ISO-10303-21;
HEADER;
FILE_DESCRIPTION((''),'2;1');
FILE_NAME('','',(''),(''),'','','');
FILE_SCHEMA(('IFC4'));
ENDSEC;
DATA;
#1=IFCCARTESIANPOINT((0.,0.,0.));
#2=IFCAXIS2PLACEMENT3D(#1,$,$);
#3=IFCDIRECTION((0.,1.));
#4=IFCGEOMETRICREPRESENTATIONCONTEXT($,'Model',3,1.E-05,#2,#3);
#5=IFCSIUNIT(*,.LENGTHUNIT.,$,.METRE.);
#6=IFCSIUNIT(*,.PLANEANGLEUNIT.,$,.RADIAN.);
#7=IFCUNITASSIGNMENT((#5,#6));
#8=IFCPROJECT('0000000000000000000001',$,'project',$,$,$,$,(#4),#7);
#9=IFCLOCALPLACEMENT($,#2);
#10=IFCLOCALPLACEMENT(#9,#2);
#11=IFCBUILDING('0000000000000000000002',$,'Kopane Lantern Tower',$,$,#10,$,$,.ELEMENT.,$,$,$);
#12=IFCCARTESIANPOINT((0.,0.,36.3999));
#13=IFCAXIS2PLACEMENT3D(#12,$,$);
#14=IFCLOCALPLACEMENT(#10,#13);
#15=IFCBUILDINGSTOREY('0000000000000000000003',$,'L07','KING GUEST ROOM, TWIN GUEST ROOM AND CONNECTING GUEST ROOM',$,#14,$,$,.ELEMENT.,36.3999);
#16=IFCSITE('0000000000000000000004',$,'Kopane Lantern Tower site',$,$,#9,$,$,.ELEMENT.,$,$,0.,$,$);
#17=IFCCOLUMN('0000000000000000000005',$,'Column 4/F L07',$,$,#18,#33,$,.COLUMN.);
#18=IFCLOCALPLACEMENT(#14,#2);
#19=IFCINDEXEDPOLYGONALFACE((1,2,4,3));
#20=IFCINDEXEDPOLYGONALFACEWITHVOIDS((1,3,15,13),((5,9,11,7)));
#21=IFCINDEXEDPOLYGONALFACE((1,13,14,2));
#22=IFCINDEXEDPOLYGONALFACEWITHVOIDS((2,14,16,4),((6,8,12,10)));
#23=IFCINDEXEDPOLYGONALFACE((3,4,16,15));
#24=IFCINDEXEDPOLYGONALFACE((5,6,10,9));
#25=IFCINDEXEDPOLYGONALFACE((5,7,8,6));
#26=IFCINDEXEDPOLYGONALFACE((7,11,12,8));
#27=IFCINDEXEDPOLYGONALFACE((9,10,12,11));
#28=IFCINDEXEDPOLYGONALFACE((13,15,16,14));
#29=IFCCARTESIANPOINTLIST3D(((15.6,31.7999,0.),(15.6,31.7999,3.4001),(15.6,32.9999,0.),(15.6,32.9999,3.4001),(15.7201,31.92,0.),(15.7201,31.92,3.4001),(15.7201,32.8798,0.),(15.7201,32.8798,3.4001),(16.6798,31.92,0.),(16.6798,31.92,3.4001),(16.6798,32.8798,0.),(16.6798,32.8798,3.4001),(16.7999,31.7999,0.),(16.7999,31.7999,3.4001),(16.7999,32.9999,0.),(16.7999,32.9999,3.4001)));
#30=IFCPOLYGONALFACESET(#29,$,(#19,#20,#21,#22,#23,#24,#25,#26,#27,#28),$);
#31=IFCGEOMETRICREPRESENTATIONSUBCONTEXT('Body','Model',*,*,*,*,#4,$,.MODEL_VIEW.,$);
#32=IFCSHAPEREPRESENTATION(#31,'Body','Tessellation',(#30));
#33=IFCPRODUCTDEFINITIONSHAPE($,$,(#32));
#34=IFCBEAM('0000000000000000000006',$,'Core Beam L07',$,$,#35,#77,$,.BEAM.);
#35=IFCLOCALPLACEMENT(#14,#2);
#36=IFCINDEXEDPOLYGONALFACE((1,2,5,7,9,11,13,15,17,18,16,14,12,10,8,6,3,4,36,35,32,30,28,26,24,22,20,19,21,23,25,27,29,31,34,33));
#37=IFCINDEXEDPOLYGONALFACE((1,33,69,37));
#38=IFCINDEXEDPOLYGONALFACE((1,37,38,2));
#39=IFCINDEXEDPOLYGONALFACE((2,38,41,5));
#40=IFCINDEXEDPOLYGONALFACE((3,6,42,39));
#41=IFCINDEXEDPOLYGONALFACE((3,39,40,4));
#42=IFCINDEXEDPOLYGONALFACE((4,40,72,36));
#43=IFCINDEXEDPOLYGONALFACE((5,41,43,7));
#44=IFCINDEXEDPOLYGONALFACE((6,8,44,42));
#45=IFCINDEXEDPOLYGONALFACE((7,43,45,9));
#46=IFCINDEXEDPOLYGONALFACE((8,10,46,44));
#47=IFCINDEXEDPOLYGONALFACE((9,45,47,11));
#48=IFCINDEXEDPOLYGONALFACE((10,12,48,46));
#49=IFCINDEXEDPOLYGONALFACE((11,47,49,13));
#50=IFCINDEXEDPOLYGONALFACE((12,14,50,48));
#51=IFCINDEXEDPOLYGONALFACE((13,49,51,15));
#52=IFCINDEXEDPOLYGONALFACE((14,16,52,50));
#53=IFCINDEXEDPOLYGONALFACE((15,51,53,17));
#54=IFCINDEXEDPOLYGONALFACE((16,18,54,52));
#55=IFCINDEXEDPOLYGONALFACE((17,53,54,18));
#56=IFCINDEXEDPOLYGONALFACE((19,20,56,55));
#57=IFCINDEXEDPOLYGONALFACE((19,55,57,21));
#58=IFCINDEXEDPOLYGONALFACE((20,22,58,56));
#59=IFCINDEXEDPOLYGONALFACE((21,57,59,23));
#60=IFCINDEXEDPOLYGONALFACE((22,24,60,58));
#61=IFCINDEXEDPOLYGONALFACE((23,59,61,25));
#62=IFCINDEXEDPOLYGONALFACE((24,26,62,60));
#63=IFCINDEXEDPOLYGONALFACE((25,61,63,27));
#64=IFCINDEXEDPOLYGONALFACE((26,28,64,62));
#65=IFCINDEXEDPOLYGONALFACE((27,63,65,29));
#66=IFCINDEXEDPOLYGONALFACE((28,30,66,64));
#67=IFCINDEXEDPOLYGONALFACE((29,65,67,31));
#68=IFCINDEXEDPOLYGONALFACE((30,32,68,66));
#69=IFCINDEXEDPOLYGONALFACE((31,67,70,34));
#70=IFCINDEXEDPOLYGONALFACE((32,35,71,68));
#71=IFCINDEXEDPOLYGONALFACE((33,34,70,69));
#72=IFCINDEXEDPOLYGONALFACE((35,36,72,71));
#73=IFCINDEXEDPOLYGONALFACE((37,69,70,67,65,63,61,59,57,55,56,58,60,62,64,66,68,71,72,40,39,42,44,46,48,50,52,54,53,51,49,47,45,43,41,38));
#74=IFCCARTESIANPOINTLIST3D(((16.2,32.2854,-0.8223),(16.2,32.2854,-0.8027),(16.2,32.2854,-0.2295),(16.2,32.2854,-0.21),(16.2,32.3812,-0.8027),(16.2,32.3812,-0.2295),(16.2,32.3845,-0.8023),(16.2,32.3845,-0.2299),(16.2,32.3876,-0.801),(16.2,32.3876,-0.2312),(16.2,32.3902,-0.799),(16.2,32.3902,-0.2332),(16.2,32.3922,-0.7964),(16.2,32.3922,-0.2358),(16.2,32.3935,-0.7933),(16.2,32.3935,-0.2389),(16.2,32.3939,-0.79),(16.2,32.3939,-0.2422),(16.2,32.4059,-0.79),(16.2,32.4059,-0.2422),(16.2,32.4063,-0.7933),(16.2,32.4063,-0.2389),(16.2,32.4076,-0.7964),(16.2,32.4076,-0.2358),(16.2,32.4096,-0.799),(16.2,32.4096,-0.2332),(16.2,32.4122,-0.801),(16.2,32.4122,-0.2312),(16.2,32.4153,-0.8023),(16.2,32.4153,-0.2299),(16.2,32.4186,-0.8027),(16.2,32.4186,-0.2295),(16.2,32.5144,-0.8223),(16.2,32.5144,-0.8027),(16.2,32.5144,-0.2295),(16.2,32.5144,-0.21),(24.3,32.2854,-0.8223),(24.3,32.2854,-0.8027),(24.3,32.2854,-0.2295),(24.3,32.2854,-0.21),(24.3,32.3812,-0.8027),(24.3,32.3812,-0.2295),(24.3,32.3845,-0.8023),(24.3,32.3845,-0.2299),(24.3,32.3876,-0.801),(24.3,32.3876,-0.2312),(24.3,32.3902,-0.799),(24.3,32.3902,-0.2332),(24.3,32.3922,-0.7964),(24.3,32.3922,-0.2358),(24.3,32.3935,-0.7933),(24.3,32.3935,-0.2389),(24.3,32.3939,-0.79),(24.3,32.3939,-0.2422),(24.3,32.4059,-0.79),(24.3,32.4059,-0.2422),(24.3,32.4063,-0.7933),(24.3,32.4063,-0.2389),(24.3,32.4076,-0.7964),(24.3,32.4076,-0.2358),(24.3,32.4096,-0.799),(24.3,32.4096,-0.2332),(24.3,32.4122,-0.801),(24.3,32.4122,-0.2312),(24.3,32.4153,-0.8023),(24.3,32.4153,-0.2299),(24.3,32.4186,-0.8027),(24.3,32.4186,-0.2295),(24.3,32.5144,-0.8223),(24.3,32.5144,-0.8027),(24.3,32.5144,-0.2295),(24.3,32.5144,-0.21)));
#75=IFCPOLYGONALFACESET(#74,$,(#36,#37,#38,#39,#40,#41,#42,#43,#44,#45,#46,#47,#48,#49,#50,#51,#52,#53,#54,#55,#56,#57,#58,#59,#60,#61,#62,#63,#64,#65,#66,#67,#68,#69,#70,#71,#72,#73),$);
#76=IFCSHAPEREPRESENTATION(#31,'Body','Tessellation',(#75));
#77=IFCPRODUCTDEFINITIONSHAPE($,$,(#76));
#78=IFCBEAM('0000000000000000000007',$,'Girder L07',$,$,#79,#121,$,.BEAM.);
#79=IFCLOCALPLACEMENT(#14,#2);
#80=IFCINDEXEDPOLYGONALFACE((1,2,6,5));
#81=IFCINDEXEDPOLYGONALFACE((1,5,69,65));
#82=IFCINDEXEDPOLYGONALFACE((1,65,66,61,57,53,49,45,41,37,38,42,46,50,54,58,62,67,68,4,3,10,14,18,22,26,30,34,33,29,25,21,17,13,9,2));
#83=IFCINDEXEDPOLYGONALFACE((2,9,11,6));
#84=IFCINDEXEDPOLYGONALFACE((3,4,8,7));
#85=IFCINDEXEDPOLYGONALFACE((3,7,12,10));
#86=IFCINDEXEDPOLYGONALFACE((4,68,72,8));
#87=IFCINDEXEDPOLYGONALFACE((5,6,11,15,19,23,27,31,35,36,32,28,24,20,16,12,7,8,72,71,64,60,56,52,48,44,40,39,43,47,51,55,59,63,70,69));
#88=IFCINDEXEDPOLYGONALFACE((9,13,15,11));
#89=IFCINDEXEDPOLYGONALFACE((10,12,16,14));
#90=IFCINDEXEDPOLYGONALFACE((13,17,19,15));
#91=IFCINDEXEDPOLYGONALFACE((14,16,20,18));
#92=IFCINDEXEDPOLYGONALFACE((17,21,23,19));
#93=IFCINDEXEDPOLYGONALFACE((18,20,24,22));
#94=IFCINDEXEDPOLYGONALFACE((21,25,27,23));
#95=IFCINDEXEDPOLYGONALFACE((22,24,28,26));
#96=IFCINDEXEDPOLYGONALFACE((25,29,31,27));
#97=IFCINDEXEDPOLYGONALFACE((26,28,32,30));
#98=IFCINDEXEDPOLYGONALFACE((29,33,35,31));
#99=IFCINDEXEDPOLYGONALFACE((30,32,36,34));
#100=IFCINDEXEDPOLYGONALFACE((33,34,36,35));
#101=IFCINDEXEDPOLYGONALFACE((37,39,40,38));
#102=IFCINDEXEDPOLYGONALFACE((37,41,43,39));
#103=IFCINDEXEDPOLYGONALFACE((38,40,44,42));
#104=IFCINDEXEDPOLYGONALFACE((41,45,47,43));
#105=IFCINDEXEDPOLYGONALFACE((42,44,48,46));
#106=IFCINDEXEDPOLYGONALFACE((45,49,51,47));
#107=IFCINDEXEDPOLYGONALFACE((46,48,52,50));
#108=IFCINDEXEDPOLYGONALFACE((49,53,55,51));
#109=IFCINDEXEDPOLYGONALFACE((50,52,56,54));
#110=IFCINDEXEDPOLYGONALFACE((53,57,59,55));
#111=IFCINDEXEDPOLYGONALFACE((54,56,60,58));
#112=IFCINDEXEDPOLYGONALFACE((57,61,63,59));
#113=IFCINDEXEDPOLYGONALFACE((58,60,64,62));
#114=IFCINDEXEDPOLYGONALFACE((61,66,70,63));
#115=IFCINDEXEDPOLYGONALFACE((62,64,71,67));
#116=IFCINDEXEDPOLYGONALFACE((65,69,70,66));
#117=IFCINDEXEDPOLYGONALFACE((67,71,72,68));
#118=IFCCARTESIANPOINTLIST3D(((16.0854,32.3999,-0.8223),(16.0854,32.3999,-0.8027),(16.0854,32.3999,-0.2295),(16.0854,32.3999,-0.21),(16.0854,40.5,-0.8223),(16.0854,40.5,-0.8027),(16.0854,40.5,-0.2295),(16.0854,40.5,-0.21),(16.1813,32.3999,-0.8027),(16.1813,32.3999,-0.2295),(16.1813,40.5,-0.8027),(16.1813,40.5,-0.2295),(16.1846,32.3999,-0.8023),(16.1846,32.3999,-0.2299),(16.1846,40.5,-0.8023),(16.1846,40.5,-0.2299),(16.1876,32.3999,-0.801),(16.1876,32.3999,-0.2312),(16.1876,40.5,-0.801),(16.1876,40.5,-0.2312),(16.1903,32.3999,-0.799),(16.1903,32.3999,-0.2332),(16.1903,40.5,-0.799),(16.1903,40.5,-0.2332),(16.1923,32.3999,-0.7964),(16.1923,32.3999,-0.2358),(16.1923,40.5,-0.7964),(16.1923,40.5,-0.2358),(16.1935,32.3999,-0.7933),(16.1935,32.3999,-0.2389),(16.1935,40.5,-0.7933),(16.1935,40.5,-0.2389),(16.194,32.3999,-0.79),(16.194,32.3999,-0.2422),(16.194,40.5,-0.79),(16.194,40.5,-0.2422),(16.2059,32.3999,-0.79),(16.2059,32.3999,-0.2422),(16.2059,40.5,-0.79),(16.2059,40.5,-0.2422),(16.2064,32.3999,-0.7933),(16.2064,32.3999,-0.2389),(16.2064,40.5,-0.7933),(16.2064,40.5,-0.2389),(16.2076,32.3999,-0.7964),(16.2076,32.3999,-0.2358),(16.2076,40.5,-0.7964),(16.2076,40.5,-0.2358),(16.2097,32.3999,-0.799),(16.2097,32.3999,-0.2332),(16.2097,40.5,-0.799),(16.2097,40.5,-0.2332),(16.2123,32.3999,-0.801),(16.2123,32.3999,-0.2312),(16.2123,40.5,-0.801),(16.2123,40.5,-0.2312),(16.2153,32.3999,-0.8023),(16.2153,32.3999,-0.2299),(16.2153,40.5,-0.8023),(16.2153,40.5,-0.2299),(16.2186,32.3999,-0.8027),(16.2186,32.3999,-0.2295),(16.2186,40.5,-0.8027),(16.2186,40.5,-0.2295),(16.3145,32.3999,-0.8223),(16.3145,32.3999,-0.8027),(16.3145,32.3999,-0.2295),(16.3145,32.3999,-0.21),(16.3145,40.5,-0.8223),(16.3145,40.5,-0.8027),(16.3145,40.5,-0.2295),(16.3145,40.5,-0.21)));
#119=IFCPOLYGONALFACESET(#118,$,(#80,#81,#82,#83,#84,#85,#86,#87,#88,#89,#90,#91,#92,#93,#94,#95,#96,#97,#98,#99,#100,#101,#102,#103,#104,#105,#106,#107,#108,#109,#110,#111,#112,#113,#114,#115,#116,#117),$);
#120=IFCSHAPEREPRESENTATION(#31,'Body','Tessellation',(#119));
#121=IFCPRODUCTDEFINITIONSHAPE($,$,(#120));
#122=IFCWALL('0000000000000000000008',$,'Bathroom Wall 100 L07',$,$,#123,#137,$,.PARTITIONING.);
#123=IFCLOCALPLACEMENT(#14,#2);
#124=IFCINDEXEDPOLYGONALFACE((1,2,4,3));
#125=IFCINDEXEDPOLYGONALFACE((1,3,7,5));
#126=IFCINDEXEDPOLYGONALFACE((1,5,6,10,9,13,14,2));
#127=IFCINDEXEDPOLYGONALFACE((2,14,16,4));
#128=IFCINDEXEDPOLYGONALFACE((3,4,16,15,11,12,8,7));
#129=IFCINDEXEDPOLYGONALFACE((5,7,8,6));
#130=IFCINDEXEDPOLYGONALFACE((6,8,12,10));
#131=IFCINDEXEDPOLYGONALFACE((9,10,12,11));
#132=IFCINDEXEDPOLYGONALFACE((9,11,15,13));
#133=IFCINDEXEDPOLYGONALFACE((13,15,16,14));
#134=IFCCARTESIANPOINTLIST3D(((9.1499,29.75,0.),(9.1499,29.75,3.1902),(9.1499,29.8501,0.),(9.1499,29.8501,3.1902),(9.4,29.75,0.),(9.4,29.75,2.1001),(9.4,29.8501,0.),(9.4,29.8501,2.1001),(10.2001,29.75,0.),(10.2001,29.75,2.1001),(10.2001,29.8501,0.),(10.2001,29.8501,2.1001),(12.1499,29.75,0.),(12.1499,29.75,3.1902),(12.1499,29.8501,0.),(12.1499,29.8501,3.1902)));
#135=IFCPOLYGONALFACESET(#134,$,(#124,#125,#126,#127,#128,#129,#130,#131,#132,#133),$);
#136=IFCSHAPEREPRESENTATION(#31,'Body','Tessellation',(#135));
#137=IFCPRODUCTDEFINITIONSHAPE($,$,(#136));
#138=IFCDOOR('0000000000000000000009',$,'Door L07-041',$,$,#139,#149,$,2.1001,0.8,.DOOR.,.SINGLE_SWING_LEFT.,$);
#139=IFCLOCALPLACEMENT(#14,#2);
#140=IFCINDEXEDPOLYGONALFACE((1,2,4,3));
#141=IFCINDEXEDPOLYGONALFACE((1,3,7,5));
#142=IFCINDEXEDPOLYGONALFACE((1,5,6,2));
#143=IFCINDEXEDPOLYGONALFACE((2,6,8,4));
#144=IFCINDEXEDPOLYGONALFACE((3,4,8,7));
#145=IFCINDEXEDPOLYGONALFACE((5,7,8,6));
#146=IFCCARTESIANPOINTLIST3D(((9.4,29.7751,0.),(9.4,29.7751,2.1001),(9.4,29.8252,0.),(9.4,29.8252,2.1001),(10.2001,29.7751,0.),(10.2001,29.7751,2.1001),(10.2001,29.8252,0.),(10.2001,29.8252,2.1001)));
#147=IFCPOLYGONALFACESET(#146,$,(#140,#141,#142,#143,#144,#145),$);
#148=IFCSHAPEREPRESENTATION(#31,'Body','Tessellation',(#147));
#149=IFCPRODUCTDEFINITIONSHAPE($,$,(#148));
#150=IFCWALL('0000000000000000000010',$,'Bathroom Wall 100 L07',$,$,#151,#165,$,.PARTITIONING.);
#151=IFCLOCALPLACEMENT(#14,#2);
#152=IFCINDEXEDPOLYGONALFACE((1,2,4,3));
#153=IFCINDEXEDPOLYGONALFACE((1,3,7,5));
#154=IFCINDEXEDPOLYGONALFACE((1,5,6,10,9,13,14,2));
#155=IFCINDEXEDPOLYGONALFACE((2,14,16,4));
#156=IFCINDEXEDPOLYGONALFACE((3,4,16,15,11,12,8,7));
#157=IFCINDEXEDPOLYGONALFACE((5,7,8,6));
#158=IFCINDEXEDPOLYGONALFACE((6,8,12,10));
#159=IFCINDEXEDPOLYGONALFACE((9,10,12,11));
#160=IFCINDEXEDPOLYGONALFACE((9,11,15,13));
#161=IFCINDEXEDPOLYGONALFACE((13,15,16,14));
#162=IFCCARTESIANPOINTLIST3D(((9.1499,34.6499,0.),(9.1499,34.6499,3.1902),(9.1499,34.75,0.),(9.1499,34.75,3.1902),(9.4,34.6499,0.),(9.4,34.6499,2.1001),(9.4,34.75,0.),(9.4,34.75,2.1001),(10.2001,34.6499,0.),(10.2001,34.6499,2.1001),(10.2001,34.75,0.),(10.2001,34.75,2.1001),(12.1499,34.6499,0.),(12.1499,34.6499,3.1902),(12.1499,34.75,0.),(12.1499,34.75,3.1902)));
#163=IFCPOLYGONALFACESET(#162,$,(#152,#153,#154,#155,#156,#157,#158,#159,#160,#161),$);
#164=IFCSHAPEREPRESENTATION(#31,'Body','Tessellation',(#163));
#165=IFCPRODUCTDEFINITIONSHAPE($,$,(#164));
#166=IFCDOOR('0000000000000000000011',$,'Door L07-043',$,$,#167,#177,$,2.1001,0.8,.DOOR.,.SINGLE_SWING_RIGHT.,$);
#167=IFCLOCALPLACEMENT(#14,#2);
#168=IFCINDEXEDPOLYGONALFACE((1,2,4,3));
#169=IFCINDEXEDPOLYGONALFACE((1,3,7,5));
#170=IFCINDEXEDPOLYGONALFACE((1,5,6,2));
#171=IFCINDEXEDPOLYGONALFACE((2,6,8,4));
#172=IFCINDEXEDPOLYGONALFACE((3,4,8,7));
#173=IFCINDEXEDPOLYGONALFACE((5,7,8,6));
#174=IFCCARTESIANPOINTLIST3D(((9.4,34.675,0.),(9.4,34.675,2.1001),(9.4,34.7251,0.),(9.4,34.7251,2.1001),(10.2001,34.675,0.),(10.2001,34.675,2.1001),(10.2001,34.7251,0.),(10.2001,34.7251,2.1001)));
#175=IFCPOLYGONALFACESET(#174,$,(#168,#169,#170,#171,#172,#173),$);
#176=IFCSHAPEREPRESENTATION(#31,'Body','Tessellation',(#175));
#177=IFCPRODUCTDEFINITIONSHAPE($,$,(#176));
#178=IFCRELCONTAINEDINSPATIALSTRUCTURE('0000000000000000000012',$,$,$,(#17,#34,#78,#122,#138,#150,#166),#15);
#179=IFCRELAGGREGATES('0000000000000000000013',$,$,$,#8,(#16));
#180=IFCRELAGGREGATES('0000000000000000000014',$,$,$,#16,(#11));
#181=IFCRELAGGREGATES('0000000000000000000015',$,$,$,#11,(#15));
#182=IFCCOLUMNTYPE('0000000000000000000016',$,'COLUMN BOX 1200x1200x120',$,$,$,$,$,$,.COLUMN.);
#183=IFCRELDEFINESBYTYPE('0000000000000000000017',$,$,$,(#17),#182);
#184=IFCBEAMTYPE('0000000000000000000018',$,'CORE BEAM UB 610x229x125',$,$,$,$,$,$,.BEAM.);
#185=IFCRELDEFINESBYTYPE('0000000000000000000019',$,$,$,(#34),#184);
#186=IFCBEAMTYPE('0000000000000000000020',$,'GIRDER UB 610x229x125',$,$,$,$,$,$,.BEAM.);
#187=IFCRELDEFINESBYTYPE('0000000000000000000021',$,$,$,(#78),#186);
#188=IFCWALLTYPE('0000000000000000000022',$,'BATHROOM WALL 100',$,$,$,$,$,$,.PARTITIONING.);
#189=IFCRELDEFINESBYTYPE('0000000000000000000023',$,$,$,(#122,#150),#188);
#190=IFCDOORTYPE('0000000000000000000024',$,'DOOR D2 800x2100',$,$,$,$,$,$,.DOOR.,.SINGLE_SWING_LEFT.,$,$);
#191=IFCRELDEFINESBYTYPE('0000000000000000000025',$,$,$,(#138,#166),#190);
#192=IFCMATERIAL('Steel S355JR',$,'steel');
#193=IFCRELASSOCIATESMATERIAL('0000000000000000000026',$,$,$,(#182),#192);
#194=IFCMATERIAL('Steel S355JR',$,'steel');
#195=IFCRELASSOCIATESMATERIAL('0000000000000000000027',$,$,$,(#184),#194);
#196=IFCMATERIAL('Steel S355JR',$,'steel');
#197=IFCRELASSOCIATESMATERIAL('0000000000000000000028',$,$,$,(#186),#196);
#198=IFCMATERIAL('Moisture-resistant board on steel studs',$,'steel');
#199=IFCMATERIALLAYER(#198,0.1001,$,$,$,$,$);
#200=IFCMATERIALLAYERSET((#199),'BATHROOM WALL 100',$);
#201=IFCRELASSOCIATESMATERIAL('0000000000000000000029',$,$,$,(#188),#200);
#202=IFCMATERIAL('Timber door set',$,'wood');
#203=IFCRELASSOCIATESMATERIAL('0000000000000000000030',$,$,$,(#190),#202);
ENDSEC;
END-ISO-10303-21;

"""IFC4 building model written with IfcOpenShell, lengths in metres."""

from ifc_helpers import new_model, si_unit, direction, frame, frame_2d, origin, origin_2d, place, context, subcontext, project, spatial, rectangle, hollow_rectangle, i_section, extrude, material, layer, layer_set, material_profile, profile_set, type_object, element, fill, save


model = new_model("IFC4")

# Units and contexts
model_context = context("Model", 3, precision=1e-05, world=origin(), true_north=direction((0.0, 1.0)))
body_context = subcontext(model_context, "Body", "Model", "MODEL_VIEW")
ifc_project = project(units=[si_unit("LENGTHUNIT", "METRE"), si_unit("PLANEANGLEUNIT", "RADIAN")], contexts=[model_context])

# Site, building, storey
site_placement = place(None, origin())
site = spatial("IfcSite", under=ifc_project, at=site_placement, Name="Kopane Lantern Tower site", CompositionType="ELEMENT", RefElevation=0.0)
building_placement = place(site_placement, origin())
building = spatial("IfcBuilding", under=site, at=building_placement, Name="Kopane Lantern Tower", CompositionType="ELEMENT")
storey_placement = place(building_placement, frame((0.0, 0.0, 36.3999)))
storey = spatial("IfcBuildingStorey", under=building, at=storey_placement, Name="L07", Description="KING GUEST ROOM, TWIN GUEST ROOM AND CONNECTING GUEST ROOM", CompositionType="ELEMENT", Elevation=36.3999)

# Column
ifc_material_1 = material(Name="Steel S355JR", Category="steel")
ifc_material_profile_1 = material_profile(ifc_material_1, hollow_rectangle(XDim=1.2, YDim=1.2, WallThickness=0.1201, at=origin_2d()), Name="BOX 1200x1200x120")
ifc_profile_set_1 = profile_set([ifc_material_profile_1], Name="Steel S355JR")
column_type = type_object("IfcColumnType", Name="COLUMN BOX 1200x1200x120", PredefinedType="COLUMN", material=ifc_profile_set_1)
column_placement = place(storey_placement, frame((16.2, 32.3999, 0.0), z_axis=(0.0, 0.0, 1.0), x_axis=(1.0, 0.0, 0.0)))
element("IfcColumn", 1, at=column_placement, inside=storey, type_object=column_type, Name="Column 4/F L07", PredefinedType="COLUMN", context=body_context, shape_type="SweptSolid", body=[
    extrude(hollow_rectangle(XDim=1.2, YDim=1.2, WallThickness=0.1201, at=origin_2d()), origin(), (0.0, 0.0, 1.0), 3.4001),
])

# Beams
ifc_material_2 = material(Name="Steel S355JR", Category="steel")
ifc_material_profile_2 = material_profile(ifc_material_2, i_section(OverallWidth=0.229, OverallDepth=0.6123, WebThickness=0.012, FlangeThickness=0.0195, FilletRadius=0.0127, at=origin_2d()), Name="UB 610x229x125")
ifc_profile_set_2 = profile_set([ifc_material_profile_2], Name="Steel S355JR")
beam_type_1 = type_object("IfcBeamType", Name="CORE BEAM UB 610x229x125", PredefinedType="BEAM", material=ifc_profile_set_2)
beam_1_placement = place(storey_placement, frame((16.2, 32.3999, -0.5161), z_axis=(1.0, 0.0, 0.0), x_axis=(0.0, 1.0, 0.0)))
element("IfcBeam", 2, at=beam_1_placement, inside=storey, type_object=beam_type_1, Name="Core Beam L07", PredefinedType="BEAM", context=body_context, shape_type="SweptSolid", body=[
    extrude(i_section(OverallWidth=0.229, OverallDepth=0.6123, WebThickness=0.012, FlangeThickness=0.0195, FilletRadius=0.0127, at=origin_2d()), origin(), (0.0, 0.0, 1.0), 8.1001),
])
ifc_material_3 = material(Name="Steel S355JR", Category="steel")
ifc_material_profile_3 = material_profile(ifc_material_3, i_section(OverallWidth=0.229, OverallDepth=0.6123, WebThickness=0.012, FlangeThickness=0.0195, FilletRadius=0.0127, at=origin_2d()), Name="UB 610x229x125")
ifc_profile_set_3 = profile_set([ifc_material_profile_3], Name="Steel S355JR")
beam_type_2 = type_object("IfcBeamType", Name="GIRDER UB 610x229x125", PredefinedType="BEAM", material=ifc_profile_set_3)
beam_2_placement = place(storey_placement, frame((16.2, 32.3999, -0.5161), z_axis=(0.0, 1.0, 0.0), x_axis=(-1.0, 0.0, 0.0)))
element("IfcBeam", 3, at=beam_2_placement, inside=storey, type_object=beam_type_2, Name="Girder L07", PredefinedType="BEAM", context=body_context, shape_type="SweptSolid", body=[
    extrude(i_section(OverallWidth=0.229, OverallDepth=0.6123, WebThickness=0.012, FlangeThickness=0.0195, FilletRadius=0.0127, at=origin_2d()), origin(), (0.0, 0.0, 1.0), 8.1001),
])

# Walls, openings, doors
ifc_material_4 = material(Name="Moisture-resistant board on steel studs", Category="steel")
ifc_layer_1 = layer(ifc_material_4, 0.1001)
ifc_layer_set_1 = layer_set([ifc_layer_1], Name="BATHROOM WALL 100")
wall_type_1 = type_object("IfcWallType", Name="BATHROOM WALL 100", PredefinedType="PARTITIONING", material=ifc_layer_set_1)
wall_1_placement = place(storey_placement, frame((12.1499, 29.8, 0.0), z_axis=(0.0, 0.0, 1.0), x_axis=(-1.0, 0.0, 0.0)))
wall_1 = element("IfcWall", 4, at=wall_1_placement, inside=storey, type_object=wall_type_1, Name="Bathroom Wall 100 L07", PredefinedType="PARTITIONING", context=body_context, shape_type="SweptSolid", body=[
    extrude(rectangle(XDim=3.0, YDim=0.1001, at=frame_2d((1.5, 0.0))), origin(), (0.0, 0.0, 1.0), 3.1902),
])
opening_1_placement = place(wall_1_placement, frame((1.95, 0.0, 0.0)))
opening_1 = element("IfcOpeningElement", 5, at=opening_1_placement, cuts=wall_1, PredefinedType="OPENING", context=body_context, shape_type="SweptSolid", body=[
    extrude(rectangle(XDim=0.8, YDim=2.1001, at=frame_2d((0.3999, 1.05))), frame((0.0, 0.0601, 0.0), z_axis=(0.0, -1.0, 0.0), x_axis=(1.0, 0.0, 0.0)), (0.0, 0.0, 1.0), 0.1201),
])
ifc_material_5 = material(Name="Timber door set", Category="wood")
door_type = type_object("IfcDoorType", Name="DOOR D2 800x2100", OperationType="SINGLE_SWING_LEFT", PredefinedType="DOOR", material=ifc_material_5)
door_1_placement = place(opening_1_placement, origin())
door_1 = element("IfcDoor", 6, at=door_1_placement, inside=storey, type_object=door_type, Name="Door L07-041", OperationType="SINGLE_SWING_LEFT", OverallHeight=2.1001, OverallWidth=0.8, PredefinedType="DOOR", context=body_context, shape_type="SweptSolid", body=[
    extrude(rectangle(XDim=0.8, YDim=2.1001, at=frame_2d((0.3999, 1.05))), frame((0.0, 0.0249, 0.0), z_axis=(0.0, -1.0, 0.0), x_axis=(1.0, 0.0, 0.0)), (0.0, 0.0, 1.0), 0.05),
])
fill(opening_1, door_1)
wall_2_placement = place(storey_placement, frame((12.1499, 34.7, 0.0), z_axis=(0.0, 0.0, 1.0), x_axis=(-1.0, 0.0, 0.0)))
wall_2 = element("IfcWall", 7, at=wall_2_placement, inside=storey, type_object=wall_type_1, Name="Bathroom Wall 100 L07", PredefinedType="PARTITIONING", context=body_context, shape_type="SweptSolid", body=[
    extrude(rectangle(XDim=3.0, YDim=0.1001, at=frame_2d((1.5, 0.0))), origin(), (0.0, 0.0, 1.0), 3.1902),
])
opening_2_placement = place(wall_2_placement, frame((1.95, 0.0, 0.0)))
opening_2 = element("IfcOpeningElement", 8, at=opening_2_placement, cuts=wall_2, PredefinedType="OPENING", context=body_context, shape_type="SweptSolid", body=[
    extrude(rectangle(XDim=0.8, YDim=2.1001, at=frame_2d((0.3999, 1.05))), frame((0.0, 0.0601, 0.0), z_axis=(0.0, -1.0, 0.0), x_axis=(1.0, 0.0, 0.0)), (0.0, 0.0, 1.0), 0.1201),
])
door_2_placement = place(opening_2_placement, origin())
door_2 = element("IfcDoor", 9, at=door_2_placement, inside=storey, type_object=door_type, Name="Door L07-043", OperationType="SINGLE_SWING_RIGHT", OverallHeight=2.1001, OverallWidth=0.8, PredefinedType="DOOR", context=body_context, shape_type="SweptSolid", body=[
    extrude(rectangle(XDim=0.8, YDim=2.1001, at=frame_2d((0.3999, 1.05))), frame((0.0, 0.0249, 0.0), z_axis=(0.0, -1.0, 0.0), x_axis=(1.0, 0.0, 0.0)), (0.0, 0.0, 1.0), 0.05),
])
fill(opening_2, door_2)

save(model, "model.ifc")
